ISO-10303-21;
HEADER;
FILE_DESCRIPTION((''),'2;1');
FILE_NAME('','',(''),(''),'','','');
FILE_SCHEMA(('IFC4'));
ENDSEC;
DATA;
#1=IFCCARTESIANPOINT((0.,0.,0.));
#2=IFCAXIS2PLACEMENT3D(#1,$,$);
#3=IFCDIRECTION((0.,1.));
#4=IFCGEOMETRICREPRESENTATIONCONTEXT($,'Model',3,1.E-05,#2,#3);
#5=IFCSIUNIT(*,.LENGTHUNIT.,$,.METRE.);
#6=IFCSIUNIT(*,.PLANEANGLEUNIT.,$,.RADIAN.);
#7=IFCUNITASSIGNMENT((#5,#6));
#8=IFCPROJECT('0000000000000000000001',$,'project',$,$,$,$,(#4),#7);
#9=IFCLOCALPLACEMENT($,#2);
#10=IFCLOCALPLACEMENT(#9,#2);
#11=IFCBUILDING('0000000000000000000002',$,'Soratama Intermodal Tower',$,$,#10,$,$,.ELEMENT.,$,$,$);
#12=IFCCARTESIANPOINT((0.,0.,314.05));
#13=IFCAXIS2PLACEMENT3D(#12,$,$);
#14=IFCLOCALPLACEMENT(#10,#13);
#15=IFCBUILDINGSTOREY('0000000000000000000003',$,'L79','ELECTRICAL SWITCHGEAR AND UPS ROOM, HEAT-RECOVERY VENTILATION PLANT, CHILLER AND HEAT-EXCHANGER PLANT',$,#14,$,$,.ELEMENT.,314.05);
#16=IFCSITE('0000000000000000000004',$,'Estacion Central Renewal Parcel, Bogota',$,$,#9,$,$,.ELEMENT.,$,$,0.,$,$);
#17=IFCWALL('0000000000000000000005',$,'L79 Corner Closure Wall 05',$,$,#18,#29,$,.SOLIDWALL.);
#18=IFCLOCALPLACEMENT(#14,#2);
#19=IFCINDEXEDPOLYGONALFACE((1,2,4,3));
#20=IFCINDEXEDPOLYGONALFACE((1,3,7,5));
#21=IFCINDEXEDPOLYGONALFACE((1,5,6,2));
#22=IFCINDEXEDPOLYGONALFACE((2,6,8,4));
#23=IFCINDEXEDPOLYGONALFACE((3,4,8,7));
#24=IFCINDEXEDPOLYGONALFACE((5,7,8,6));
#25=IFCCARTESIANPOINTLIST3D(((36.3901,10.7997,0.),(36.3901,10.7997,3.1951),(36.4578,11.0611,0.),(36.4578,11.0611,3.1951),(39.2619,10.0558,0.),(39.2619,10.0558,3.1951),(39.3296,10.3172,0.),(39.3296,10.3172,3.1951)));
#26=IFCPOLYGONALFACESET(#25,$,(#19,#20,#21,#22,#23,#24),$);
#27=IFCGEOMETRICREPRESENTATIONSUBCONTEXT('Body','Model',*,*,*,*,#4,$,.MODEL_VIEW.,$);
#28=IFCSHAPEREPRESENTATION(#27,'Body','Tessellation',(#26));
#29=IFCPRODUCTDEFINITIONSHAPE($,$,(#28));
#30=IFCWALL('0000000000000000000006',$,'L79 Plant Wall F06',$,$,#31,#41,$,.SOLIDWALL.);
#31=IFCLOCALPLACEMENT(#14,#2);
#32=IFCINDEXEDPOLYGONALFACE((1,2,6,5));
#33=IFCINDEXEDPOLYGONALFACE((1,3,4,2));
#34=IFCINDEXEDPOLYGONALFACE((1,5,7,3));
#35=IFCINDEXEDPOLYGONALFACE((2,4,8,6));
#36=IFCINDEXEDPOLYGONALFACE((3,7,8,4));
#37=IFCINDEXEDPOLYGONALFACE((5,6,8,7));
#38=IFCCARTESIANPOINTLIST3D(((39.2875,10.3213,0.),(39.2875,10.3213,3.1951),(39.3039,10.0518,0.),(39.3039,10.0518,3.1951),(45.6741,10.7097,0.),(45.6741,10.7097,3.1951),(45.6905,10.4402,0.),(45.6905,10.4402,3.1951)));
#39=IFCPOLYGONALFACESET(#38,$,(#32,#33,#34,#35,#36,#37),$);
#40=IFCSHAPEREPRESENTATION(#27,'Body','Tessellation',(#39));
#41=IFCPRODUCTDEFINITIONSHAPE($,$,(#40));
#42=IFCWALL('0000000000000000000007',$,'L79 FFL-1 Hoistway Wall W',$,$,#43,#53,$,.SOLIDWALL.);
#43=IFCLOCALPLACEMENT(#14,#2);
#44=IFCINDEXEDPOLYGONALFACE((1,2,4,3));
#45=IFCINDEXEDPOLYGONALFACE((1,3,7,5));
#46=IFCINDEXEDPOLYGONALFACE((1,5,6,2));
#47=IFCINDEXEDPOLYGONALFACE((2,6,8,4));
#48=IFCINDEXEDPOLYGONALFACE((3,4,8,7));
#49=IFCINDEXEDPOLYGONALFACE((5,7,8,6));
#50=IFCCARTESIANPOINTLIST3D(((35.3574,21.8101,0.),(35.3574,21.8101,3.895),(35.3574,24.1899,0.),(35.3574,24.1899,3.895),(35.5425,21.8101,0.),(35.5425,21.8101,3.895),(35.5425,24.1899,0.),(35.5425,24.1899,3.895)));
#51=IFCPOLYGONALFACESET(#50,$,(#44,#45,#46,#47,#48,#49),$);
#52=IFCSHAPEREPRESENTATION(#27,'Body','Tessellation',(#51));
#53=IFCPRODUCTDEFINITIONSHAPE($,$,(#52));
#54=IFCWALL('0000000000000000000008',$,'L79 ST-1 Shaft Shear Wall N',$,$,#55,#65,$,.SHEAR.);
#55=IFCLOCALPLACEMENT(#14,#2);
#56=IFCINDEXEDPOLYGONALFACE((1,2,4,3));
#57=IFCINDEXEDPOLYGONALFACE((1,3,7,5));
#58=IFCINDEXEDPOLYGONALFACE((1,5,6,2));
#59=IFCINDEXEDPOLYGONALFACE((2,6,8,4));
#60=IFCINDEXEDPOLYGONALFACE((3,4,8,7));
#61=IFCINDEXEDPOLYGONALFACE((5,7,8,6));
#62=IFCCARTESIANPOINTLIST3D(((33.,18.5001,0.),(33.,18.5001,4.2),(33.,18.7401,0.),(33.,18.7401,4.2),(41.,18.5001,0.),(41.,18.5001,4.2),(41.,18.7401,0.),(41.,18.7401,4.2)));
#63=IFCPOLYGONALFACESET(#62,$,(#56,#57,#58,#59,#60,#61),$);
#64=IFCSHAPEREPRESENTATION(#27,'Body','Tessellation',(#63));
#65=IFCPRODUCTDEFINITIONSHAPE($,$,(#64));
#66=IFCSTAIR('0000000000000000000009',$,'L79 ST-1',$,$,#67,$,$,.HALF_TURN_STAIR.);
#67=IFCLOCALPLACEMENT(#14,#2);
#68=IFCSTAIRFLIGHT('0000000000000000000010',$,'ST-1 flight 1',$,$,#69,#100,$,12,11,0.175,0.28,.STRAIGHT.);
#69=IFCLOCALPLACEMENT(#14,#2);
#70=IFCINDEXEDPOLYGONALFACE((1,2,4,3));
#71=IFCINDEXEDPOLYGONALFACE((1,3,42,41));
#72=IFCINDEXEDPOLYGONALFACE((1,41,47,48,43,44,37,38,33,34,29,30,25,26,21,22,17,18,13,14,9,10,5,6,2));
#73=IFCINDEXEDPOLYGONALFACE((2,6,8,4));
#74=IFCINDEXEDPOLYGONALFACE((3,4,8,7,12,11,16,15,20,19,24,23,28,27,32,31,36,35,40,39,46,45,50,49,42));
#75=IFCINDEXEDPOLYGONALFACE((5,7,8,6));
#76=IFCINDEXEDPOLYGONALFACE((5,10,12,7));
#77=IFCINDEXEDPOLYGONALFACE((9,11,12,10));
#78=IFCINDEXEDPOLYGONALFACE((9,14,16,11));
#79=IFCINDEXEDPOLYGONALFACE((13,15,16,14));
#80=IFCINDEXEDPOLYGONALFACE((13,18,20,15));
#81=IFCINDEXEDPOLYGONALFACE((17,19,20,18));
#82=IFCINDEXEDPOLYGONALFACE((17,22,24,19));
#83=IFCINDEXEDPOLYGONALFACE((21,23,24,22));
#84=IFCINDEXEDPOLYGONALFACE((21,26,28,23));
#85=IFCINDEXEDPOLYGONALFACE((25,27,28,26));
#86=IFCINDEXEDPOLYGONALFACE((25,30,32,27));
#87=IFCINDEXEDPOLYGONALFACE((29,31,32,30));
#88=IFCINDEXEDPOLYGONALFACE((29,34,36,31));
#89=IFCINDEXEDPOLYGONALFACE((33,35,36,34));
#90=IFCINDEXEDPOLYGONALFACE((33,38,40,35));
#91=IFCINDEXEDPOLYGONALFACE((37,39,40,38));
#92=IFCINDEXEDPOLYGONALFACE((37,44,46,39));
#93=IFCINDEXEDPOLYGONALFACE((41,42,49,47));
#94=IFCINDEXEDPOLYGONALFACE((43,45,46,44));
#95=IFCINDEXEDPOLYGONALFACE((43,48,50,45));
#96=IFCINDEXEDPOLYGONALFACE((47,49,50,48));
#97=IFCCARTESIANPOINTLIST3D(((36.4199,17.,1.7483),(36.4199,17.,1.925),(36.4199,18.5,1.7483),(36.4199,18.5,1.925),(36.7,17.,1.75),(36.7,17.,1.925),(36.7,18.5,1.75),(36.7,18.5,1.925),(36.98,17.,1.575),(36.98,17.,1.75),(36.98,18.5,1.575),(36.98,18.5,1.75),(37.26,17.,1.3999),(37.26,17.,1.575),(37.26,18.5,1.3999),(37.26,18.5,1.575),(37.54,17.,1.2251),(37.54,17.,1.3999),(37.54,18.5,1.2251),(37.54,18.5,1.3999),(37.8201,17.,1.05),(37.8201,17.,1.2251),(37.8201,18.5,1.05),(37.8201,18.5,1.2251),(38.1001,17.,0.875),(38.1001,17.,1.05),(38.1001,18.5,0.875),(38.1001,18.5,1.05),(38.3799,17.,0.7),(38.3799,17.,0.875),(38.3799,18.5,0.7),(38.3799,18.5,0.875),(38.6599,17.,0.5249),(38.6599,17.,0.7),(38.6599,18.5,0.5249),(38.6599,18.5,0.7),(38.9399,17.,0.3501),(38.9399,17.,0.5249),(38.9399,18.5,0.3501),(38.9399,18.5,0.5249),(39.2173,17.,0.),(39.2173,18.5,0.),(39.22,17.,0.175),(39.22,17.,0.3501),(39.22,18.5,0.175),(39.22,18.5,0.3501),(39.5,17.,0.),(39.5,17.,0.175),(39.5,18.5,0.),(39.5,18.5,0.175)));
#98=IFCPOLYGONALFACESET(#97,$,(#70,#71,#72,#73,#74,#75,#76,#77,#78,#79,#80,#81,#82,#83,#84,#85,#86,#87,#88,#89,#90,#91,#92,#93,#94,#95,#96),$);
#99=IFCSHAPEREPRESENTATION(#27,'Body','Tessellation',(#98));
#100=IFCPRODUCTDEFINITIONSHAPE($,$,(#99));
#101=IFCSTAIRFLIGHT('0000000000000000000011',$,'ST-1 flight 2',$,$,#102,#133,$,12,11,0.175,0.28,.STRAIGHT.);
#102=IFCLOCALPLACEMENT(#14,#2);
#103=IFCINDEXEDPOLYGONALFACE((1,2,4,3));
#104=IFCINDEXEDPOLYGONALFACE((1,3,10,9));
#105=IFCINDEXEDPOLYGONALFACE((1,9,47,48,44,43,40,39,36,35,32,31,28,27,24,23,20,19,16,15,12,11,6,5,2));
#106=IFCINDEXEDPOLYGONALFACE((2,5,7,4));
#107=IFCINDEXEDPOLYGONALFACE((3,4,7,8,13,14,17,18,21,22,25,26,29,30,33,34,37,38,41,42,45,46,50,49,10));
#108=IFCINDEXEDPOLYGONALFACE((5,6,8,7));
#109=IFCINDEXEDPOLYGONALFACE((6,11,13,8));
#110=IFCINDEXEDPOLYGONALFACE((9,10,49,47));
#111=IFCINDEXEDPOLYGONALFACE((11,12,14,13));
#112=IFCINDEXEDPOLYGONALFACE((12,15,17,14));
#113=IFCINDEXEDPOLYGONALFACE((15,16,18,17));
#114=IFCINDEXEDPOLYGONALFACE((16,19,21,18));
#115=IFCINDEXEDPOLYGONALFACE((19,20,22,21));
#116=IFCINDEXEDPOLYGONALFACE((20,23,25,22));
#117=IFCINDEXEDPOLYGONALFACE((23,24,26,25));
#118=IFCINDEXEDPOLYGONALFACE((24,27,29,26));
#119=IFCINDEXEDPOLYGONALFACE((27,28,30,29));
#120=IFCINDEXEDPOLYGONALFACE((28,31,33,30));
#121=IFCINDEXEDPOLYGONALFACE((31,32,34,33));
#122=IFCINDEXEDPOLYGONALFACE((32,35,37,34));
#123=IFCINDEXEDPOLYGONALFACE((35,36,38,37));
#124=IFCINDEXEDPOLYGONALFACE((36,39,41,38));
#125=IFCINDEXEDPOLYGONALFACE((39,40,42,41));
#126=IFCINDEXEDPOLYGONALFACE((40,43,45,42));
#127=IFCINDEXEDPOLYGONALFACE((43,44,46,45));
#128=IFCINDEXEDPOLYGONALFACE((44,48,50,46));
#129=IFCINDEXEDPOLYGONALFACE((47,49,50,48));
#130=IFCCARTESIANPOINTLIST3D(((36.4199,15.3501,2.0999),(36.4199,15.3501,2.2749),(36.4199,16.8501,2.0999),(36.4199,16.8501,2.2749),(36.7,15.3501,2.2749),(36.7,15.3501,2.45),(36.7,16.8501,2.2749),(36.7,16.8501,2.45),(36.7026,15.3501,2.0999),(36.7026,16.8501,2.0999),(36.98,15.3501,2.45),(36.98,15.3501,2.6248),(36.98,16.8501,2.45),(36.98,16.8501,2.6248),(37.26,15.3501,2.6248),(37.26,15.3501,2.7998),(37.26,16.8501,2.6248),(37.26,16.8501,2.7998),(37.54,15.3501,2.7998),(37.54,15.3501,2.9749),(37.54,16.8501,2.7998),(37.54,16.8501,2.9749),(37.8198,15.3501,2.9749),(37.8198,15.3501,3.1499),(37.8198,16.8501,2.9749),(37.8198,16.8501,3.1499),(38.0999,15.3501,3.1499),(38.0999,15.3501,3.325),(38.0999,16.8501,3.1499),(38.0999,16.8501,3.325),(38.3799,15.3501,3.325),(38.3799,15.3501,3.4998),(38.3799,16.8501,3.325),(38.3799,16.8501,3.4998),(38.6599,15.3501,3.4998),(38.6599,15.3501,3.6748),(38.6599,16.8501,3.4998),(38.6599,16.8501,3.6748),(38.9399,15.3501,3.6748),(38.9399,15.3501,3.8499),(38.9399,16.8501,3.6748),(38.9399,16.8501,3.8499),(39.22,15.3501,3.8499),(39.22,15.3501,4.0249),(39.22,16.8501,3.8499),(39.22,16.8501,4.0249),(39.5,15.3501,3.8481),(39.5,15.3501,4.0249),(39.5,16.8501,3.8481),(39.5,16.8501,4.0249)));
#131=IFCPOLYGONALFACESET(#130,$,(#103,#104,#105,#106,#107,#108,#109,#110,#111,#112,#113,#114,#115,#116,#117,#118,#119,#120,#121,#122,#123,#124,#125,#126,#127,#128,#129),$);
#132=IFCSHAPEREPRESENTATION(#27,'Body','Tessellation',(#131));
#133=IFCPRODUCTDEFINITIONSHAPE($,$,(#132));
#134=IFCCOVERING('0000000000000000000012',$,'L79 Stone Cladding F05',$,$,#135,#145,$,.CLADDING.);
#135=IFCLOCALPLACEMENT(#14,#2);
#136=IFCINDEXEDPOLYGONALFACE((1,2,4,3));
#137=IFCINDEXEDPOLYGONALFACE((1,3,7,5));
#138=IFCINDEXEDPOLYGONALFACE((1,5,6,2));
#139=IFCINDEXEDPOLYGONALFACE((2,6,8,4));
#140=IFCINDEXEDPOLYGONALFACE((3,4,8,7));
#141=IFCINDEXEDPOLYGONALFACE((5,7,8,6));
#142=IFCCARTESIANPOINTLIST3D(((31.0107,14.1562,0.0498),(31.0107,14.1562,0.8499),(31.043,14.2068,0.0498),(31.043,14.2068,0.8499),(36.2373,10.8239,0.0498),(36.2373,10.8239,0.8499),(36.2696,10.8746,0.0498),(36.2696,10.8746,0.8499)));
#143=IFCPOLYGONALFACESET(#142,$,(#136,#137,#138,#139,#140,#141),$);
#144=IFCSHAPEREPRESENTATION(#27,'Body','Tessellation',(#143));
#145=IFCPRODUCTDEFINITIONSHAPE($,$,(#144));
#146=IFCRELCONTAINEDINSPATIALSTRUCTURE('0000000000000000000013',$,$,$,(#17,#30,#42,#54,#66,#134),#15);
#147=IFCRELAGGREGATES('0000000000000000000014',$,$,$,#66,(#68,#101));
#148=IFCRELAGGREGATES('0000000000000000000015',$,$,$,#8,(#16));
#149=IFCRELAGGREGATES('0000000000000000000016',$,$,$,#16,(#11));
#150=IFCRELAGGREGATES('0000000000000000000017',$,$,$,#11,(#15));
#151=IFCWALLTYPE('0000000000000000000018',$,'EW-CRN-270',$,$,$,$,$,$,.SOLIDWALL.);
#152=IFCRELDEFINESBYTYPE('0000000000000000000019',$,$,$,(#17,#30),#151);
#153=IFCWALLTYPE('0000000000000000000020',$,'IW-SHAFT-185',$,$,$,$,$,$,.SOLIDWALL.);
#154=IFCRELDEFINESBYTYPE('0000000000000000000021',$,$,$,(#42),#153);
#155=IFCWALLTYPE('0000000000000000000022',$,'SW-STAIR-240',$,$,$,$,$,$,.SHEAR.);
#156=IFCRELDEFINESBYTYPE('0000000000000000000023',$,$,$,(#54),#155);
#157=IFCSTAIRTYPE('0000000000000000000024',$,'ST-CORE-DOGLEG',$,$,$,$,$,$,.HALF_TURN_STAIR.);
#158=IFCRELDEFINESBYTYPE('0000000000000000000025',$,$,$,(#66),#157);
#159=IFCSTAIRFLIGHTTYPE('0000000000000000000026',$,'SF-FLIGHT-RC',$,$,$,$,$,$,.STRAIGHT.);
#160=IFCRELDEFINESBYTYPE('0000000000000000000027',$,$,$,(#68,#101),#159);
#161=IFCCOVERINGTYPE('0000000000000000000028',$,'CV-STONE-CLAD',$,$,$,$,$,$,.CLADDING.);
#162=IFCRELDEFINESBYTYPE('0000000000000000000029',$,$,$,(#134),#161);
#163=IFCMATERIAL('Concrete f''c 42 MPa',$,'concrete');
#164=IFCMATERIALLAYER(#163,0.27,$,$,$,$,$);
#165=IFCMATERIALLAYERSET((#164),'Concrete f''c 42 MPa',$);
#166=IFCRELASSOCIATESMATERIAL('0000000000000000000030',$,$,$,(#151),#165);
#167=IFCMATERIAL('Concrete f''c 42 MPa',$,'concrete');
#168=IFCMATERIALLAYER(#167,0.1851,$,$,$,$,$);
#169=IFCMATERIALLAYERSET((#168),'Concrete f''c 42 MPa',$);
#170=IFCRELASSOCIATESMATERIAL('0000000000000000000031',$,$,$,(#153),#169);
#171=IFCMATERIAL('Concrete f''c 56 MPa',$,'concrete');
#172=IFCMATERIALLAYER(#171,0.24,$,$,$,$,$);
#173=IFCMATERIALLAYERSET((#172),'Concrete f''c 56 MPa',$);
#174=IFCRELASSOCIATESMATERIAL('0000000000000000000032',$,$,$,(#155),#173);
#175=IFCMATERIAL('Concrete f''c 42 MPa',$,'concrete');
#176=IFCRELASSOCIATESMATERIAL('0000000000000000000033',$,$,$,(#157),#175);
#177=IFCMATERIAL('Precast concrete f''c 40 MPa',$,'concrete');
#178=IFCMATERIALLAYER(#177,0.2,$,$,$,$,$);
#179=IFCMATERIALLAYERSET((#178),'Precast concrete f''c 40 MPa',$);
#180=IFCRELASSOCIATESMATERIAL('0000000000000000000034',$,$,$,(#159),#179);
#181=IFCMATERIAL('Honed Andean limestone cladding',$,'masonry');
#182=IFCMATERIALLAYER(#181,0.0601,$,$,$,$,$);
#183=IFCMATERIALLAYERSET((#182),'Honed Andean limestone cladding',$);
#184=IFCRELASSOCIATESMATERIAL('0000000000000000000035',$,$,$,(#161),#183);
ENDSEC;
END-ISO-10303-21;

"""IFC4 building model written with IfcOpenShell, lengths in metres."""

from ifc_helpers import new_model, si_unit, direction, frame, frame_2d, origin, origin_2d, place, context, subcontext, project, spatial, polyline, rectangle, outline, extrude, material, layer, layer_set, type_object, element, aggregate, save


model = new_model("IFC4")

# Units and contexts
model_context = context("Model", 3, precision=1e-05, world=origin(), true_north=direction((0.0, 1.0)))
body_context = subcontext(model_context, "Body", "Model", "MODEL_VIEW")
ifc_project = project(units=[si_unit("LENGTHUNIT", "METRE"), si_unit("PLANEANGLEUNIT", "RADIAN")], contexts=[model_context])

# Site, building, storey
site_placement = place(None, origin())
site = spatial("IfcSite", under=ifc_project, at=site_placement, Name="Estacion Central Renewal Parcel, Bogota", CompositionType="ELEMENT", RefElevation=0.0)
building_placement = place(site_placement, origin())
building = spatial("IfcBuilding", under=site, at=building_placement, Name="Soratama Intermodal Tower", CompositionType="ELEMENT")
storey_placement = place(building_placement, frame((0.0, 0.0, 314.05)))
storey = spatial("IfcBuildingStorey", under=building, at=storey_placement, Name="L79", Description="ELECTRICAL SWITCHGEAR AND UPS ROOM, HEAT-RECOVERY VENTILATION PLANT, CHILLER AND HEAT-EXCHANGER PLANT", CompositionType="ELEMENT", Elevation=314.05)

# Walls
ifc_material_1 = material(Name="Concrete f'c 42 MPa", Category="concrete")
ifc_layer_1 = layer(ifc_material_1, 0.27)
ifc_layer_set_1 = layer_set([ifc_layer_1], Name="Concrete f'c 42 MPa")
wall_type_1 = type_object("IfcWallType", Name="EW-CRN-270", PredefinedType="SOLIDWALL", material=ifc_layer_set_1)
wall_1_placement = place(storey_placement, frame((36.4238, 10.9304, 0.0), z_axis=(0.0, 0.0, 1.0), x_axis=(0.96805, -0.250757, 0.0)))
element("IfcWall", 1, at=wall_1_placement, inside=storey, type_object=wall_type_1, Name="L79 Corner Closure Wall 05", PredefinedType="SOLIDWALL", context=body_context, shape_type="SweptSolid", body=[
    extrude(rectangle(XDim=2.9666, YDim=0.27, at=frame_2d((1.4834, 0.0))), origin(), (0.0, 0.0, 1.0), 3.1951),
])
wall_2_placement = place(storey_placement, frame((39.2957, 10.1865, 0.0), z_axis=(0.0, 0.0, 1.0), x_axis=(0.998156, 0.060706, 0.0)))
element("IfcWall", 2, at=wall_2_placement, inside=storey, type_object=wall_type_1, Name="L79 Plant Wall F06", PredefinedType="SOLIDWALL", context=body_context, shape_type="SweptSolid", body=[
    extrude(rectangle(XDim=6.3984, YDim=0.27, at=frame_2d((3.1992, 0.0))), origin(), (0.0, 0.0, 1.0), 3.1951),
])

# Shared definitions
ifc_material_2 = material(Name="Concrete f'c 42 MPa", Category="concrete")
ifc_layer_2 = layer(ifc_material_2, 0.1851)
ifc_layer_set_2 = layer_set([ifc_layer_2], Name="Concrete f'c 42 MPa")
wall_type_2 = type_object("IfcWallType", Name="IW-SHAFT-185", PredefinedType="SOLIDWALL", material=ifc_layer_set_2)

# Wall
wall_3_placement = place(storey_placement, frame((35.45, 21.8101, 0.0), z_axis=(0.0, 0.0, 1.0), x_axis=(0.0, 1.0, 0.0)))
element("IfcWall", 3, at=wall_3_placement, inside=storey, type_object=wall_type_2, Name="L79 FFL-1 Hoistway Wall W", PredefinedType="SOLIDWALL", context=body_context, shape_type="SweptSolid", body=[
    extrude(rectangle(XDim=2.3799, YDim=0.1851, at=frame_2d((1.1899, 0.0))), origin(), (0.0, 0.0, 1.0), 3.895),
])

# Wall
ifc_material_3 = material(Name="Concrete f'c 56 MPa", Category="concrete")
ifc_layer_3 = layer(ifc_material_3, 0.24)
ifc_layer_set_3 = layer_set([ifc_layer_3], Name="Concrete f'c 56 MPa")
wall_type_3 = type_object("IfcWallType", Name="SW-STAIR-240", PredefinedType="SHEAR", material=ifc_layer_set_3)
wall_4_placement = place(storey_placement, frame((33.0, 18.6201, 0.0), z_axis=(0.0, 0.0, 1.0), x_axis=(1.0, 0.0, 0.0)))
element("IfcWall", 4, at=wall_4_placement, inside=storey, type_object=wall_type_3, Name="L79 ST-1 Shaft Shear Wall N", PredefinedType="SHEAR", context=body_context, shape_type="SweptSolid", body=[
    extrude(rectangle(XDim=8.0, YDim=0.24, at=frame_2d((4.0, 0.0))), origin(), (0.0, 0.0, 1.0), 4.2),
])

# Stair, stair flights
ifc_material_4 = material(Name="Concrete f'c 42 MPa", Category="concrete")
stair_type = type_object("IfcStairType", Name="ST-CORE-DOGLEG", PredefinedType="HALF_TURN_STAIR", material=ifc_material_4)
stair_placement = place(storey_placement, origin())
stair = element("IfcStair", 5, at=stair_placement, inside=storey, type_object=stair_type, Name="L79 ST-1", PredefinedType="HALF_TURN_STAIR")
ifc_material_5 = material(Name="Precast concrete f'c 40 MPa", Category="concrete")
ifc_layer_4 = layer(ifc_material_5, 0.2)
ifc_layer_set_4 = layer_set([ifc_layer_4], Name="Precast concrete f'c 40 MPa")
stair_flight_type = type_object("IfcStairFlightType", Name="SF-FLIGHT-RC", PredefinedType="STRAIGHT", material=ifc_layer_set_4)
stair_flight_1_placement = place(storey_placement, frame((39.5, 17.75, 0.0), z_axis=(0.0, 0.0, 1.0), x_axis=(-1.0, 0.0, 0.0)))
stair_flight_1 = element("IfcStairFlight", 6, at=stair_flight_1_placement, type_object=stair_flight_type, Name="ST-1 flight 1", NumberOfRisers=12, NumberOfTreads=11, PredefinedType="STRAIGHT", RiserHeight=0.175, TreadLength=0.28, context=body_context, shape_type="SweptSolid", body=[
    extrude(outline(polyline([(0.0, 0.0), (0.0, 0.175), (0.28, 0.175), (0.28, 0.3501), (0.5601, 0.3501), (0.5601, 0.5249), (0.8401, 0.5249), (0.8401, 0.7), (1.1201, 0.7), (1.1201, 0.875), (1.3999, 0.875), (1.3999, 1.05), (1.6799, 1.05), (1.6799, 1.2251), (1.96, 1.2251), (1.96, 1.3999), (2.24, 1.3999), (2.24, 1.575), (2.52, 1.575), (2.52, 1.75), (2.8, 1.75), (2.8, 1.925), (3.0801, 1.925), (3.0801, 2.1001), (3.0801, 1.7483), (0.2827, 0.0), (0.0, 0.0)])), frame((0.0, 0.75, 0.0), z_axis=(0.0, -1.0, 0.0), x_axis=(1.0, 0.0, 0.0)), (0.0, 0.0, 1.0), 1.5),
])
stair_flight_2_placement = place(storey_placement, frame((36.4199, 16.1001, 2.0999), z_axis=(0.0, 0.0, 1.0), x_axis=(1.0, 0.0, 0.0)))
stair_flight_2 = element("IfcStairFlight", 7, at=stair_flight_2_placement, type_object=stair_flight_type, Name="ST-1 flight 2", NumberOfRisers=12, NumberOfTreads=11, PredefinedType="STRAIGHT", RiserHeight=0.175, TreadLength=0.28, context=body_context, shape_type="SweptSolid", body=[
    extrude(outline(polyline([(0.0, 0.0), (0.0, 0.175), (0.28, 0.175), (0.28, 0.3501), (0.5601, 0.3501), (0.5601, 0.5249), (0.8401, 0.5249), (0.8401, 0.7), (1.1201, 0.7), (1.1201, 0.875), (1.3999, 0.875), (1.3999, 1.05), (1.6799, 1.05), (1.6799, 1.2251), (1.96, 1.2251), (1.96, 1.3999), (2.24, 1.3999), (2.24, 1.575), (2.52, 1.575), (2.52, 1.75), (2.8, 1.75), (2.8, 1.925), (3.0801, 1.925), (3.0801, 2.1001), (3.0801, 1.7483), (0.2827, 0.0), (0.0, 0.0)])), frame((0.0, 0.75, 0.0), z_axis=(0.0, -1.0, 0.0), x_axis=(1.0, 0.0, 0.0)), (0.0, 0.0, 1.0), 1.5),
])
aggregate(stair, [stair_flight_1, stair_flight_2])

# Covering
ifc_material_6 = material(Name="Honed Andean limestone cladding", Category="masonry")
ifc_layer_5 = layer(ifc_material_6, 0.0601)
ifc_layer_set_5 = layer_set([ifc_layer_5], Name="Honed Andean limestone cladding")
covering_type = type_object("IfcCoveringType", Name="CV-STONE-CLAD", PredefinedType="CLADDING", material=ifc_layer_set_5)
covering_placement = place(storey_placement, frame((33.6401, 12.5154, 0.0498), z_axis=(0.0, 0.0, 1.0), x_axis=(0.843204, -0.537594, 0.0)))
element("IfcCovering", 8, at=covering_placement, inside=storey, type_object=covering_type, Name="L79 Stone Cladding F05", PredefinedType="CLADDING", context=body_context, shape_type="SweptSolid", body=[
    extrude(rectangle(XDim=6.1985, YDim=0.0601, at=origin_2d()), origin(), (0.0, 0.0, 1.0), 0.8),
])

save(model, "model.ifc")
